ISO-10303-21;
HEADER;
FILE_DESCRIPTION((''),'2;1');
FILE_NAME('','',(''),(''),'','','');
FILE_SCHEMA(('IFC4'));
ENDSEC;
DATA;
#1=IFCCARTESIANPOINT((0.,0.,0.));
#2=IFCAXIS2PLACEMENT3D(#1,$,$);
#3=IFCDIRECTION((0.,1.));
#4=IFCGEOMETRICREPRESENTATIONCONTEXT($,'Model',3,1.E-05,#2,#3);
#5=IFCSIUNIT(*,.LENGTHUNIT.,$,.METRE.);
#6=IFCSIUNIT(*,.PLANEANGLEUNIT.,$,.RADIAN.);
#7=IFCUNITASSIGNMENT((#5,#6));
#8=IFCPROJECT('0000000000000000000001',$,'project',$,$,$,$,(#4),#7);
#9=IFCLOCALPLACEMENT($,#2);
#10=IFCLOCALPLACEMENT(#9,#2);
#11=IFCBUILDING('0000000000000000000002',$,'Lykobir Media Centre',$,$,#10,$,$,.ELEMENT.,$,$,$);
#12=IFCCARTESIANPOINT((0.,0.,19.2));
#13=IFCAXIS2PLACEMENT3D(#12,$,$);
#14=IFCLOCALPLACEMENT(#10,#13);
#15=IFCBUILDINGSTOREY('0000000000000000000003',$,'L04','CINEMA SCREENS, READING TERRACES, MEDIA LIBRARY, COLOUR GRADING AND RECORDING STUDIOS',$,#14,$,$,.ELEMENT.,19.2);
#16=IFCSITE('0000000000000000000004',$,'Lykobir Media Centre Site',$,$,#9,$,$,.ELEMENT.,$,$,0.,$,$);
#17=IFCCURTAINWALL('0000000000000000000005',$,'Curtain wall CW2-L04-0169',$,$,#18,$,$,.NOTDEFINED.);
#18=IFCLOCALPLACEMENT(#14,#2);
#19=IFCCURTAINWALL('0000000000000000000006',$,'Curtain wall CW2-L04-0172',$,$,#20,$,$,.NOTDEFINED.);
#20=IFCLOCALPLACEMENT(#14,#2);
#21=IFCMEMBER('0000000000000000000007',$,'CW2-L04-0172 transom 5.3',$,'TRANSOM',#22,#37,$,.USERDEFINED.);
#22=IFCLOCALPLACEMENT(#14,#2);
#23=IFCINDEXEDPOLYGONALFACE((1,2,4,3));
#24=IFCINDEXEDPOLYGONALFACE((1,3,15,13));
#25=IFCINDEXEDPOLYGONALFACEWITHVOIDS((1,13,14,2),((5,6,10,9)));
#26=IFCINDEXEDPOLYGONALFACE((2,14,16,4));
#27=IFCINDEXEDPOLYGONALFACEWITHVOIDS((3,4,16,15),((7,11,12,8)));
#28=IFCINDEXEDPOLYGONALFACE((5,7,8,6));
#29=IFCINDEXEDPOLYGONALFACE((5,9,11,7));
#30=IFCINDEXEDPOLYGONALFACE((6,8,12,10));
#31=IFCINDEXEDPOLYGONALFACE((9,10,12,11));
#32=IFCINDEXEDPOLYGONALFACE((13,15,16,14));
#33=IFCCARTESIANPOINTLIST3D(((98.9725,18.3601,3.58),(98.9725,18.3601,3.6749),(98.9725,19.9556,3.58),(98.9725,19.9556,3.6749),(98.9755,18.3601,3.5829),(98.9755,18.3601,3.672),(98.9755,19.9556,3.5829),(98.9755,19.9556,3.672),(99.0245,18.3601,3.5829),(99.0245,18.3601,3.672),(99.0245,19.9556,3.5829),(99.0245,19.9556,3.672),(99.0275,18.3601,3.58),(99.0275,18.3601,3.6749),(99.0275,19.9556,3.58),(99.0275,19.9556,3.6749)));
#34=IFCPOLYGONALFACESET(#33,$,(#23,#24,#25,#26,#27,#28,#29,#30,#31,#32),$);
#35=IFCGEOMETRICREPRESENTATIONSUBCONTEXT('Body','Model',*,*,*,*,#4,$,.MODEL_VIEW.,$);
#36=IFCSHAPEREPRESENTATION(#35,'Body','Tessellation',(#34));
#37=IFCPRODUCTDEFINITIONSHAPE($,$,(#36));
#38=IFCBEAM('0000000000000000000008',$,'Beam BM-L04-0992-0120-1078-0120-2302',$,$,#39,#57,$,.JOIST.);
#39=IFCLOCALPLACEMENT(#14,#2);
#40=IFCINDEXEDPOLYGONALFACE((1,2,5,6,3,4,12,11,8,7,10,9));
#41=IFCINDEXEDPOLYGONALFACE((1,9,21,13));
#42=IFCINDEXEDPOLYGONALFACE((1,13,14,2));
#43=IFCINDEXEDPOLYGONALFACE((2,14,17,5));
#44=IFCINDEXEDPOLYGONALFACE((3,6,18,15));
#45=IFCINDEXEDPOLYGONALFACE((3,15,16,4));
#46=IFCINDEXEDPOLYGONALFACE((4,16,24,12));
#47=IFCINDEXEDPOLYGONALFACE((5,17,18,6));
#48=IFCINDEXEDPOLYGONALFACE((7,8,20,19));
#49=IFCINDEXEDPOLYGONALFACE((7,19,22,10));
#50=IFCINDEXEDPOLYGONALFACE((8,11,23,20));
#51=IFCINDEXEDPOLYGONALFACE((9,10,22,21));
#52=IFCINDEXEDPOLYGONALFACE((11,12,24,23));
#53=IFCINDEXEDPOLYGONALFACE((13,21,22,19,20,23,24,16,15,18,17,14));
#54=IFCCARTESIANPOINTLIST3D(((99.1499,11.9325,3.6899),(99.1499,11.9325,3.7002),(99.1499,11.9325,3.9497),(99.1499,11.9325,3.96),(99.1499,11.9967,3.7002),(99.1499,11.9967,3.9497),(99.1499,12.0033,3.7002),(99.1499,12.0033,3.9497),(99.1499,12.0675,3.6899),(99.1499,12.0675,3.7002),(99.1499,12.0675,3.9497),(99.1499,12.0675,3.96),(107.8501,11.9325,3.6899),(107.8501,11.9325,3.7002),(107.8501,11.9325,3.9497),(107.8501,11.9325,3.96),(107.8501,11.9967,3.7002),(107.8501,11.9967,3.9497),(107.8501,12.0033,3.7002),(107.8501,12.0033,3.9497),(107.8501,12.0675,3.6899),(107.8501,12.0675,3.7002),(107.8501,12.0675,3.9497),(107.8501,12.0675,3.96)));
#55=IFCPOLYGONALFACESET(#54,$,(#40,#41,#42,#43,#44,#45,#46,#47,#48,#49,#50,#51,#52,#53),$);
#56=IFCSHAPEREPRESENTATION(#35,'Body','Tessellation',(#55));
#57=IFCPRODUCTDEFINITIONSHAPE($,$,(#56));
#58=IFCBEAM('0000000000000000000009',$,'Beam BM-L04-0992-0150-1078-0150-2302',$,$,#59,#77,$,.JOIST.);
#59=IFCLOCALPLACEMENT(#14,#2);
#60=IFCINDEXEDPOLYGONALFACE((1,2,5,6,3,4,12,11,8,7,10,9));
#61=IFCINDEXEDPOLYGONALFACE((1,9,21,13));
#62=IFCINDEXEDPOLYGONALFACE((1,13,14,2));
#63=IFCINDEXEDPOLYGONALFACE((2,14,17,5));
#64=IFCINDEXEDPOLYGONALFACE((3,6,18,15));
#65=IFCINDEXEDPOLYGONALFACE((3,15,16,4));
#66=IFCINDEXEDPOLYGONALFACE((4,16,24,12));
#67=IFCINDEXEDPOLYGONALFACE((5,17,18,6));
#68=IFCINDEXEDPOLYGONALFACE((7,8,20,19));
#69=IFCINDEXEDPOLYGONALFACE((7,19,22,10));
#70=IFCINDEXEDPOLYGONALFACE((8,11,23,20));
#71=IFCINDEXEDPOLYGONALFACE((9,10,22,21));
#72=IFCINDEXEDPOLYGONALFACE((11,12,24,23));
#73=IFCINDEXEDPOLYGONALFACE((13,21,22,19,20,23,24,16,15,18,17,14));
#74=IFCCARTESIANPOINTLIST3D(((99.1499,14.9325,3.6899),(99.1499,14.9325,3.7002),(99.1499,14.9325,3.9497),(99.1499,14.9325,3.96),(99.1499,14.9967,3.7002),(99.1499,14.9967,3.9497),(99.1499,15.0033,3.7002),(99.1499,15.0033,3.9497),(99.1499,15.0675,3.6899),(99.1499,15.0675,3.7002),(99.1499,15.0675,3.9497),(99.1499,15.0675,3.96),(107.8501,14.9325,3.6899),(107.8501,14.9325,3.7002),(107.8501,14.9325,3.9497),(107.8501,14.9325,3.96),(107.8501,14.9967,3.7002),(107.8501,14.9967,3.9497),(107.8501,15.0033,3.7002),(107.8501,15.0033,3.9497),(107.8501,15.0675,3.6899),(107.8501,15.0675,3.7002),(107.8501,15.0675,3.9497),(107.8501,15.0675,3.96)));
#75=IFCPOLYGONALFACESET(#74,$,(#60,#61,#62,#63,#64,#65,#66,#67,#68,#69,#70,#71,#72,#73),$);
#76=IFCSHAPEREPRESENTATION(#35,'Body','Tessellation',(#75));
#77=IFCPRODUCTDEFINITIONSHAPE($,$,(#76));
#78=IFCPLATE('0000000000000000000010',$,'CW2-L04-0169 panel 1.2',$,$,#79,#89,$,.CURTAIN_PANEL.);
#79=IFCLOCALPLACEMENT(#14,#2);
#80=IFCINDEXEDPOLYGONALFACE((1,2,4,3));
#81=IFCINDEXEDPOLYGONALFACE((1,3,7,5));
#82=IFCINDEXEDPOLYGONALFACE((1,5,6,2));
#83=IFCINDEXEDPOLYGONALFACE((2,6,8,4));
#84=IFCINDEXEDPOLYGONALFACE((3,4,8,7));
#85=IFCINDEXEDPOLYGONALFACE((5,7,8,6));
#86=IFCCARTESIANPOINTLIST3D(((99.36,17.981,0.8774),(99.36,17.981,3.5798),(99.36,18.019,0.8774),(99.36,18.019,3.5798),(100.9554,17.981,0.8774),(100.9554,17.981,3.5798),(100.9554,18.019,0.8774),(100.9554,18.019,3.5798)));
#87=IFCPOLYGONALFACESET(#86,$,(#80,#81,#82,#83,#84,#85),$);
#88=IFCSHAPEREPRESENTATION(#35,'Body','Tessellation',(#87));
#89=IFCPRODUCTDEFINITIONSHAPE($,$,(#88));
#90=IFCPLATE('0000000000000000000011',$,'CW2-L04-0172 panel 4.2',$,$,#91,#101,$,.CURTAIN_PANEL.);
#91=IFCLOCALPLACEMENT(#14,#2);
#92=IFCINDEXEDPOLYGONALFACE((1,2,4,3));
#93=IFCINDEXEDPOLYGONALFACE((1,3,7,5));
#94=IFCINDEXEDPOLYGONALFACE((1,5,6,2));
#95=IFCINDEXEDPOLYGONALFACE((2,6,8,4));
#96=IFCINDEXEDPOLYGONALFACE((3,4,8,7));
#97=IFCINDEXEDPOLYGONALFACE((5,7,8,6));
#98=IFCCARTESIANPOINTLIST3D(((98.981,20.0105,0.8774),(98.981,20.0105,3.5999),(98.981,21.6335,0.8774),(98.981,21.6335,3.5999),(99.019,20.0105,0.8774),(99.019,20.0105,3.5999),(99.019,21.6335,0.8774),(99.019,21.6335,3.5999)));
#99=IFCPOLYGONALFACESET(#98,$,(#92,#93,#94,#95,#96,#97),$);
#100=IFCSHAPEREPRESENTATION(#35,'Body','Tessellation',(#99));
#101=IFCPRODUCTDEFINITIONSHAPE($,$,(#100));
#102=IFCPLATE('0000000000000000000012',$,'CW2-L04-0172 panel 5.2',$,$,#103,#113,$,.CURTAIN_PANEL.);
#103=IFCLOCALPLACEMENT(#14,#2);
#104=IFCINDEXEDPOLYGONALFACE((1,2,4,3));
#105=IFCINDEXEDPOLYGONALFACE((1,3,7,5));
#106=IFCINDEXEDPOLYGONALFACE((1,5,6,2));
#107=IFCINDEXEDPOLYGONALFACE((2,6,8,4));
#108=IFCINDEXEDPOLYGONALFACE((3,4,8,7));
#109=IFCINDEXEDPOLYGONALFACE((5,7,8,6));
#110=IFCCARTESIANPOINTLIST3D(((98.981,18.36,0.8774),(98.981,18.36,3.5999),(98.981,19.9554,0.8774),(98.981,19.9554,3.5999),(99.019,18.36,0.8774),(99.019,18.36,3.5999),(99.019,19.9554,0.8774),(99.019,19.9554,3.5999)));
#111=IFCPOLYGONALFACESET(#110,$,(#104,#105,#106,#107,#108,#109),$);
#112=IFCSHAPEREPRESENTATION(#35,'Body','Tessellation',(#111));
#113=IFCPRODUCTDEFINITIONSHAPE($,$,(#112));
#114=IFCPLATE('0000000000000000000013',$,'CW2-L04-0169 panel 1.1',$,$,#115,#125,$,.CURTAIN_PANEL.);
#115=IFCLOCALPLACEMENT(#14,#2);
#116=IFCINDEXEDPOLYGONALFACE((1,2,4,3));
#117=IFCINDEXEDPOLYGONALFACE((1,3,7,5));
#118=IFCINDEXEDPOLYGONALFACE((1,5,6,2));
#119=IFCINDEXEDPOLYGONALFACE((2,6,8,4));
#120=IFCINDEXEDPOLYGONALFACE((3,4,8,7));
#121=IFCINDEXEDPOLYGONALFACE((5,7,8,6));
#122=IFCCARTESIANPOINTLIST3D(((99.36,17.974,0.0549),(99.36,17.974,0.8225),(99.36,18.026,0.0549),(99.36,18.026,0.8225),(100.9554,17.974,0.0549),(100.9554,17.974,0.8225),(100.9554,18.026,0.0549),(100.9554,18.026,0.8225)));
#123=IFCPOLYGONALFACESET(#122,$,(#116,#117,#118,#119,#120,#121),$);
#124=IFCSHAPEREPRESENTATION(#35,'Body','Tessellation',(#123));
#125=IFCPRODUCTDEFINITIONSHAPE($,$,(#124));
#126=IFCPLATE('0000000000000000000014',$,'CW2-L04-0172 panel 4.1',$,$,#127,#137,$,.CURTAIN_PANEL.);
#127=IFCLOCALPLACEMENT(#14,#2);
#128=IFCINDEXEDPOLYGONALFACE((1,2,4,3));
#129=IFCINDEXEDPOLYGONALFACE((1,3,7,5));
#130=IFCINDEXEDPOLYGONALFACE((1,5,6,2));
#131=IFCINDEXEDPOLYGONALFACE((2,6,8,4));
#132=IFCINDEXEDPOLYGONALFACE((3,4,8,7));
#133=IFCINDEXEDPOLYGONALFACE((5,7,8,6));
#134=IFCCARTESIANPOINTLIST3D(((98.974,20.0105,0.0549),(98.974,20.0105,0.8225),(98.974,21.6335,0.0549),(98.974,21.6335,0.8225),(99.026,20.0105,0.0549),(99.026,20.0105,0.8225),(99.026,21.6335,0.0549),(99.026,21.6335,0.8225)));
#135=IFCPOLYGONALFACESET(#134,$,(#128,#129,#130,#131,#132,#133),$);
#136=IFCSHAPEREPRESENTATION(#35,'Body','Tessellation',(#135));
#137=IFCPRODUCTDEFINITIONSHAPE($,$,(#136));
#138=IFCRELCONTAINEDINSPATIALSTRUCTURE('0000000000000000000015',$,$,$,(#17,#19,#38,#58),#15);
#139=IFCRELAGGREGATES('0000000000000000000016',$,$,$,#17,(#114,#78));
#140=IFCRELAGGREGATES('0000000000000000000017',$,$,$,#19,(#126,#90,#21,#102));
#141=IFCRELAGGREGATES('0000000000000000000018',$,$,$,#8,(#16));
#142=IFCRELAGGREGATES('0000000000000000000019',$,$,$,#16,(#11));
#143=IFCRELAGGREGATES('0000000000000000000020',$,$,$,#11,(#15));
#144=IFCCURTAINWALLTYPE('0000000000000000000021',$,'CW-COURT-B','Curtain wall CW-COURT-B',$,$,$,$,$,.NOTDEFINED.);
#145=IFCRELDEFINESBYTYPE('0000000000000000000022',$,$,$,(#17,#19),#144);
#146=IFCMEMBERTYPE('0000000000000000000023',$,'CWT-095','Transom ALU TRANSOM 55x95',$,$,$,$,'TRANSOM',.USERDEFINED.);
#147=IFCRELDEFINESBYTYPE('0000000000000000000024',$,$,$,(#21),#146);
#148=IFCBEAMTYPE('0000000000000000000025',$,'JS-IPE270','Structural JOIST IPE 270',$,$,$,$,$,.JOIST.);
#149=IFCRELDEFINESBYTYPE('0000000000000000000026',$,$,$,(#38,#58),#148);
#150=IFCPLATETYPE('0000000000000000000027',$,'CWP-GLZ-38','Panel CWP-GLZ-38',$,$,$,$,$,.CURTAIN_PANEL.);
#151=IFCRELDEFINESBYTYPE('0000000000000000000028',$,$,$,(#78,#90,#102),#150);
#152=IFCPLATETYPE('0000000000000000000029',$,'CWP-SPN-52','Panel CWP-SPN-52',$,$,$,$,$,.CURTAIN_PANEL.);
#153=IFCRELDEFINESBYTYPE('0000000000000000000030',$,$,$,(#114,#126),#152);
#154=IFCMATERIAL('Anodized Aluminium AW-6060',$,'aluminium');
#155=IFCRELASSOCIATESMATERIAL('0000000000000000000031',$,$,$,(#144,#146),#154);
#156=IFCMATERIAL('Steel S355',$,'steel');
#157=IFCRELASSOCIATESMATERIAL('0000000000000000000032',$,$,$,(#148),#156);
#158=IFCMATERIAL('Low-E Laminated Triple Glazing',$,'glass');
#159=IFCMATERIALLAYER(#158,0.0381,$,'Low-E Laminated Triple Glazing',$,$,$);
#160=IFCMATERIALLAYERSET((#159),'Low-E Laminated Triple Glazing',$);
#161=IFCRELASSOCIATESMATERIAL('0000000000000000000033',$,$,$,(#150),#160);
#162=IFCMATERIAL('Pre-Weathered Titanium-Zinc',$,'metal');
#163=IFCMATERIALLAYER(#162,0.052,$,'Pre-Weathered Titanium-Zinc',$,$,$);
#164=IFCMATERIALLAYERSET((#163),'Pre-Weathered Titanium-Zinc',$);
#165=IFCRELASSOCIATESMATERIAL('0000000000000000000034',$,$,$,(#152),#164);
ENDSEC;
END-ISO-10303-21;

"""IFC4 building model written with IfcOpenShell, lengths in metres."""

from ifc_helpers import new_model, si_unit, direction, frame, origin, origin_2d, place, context, subcontext, project, spatial, rectangle, hollow_rectangle, i_section, extrude, material, layer, layer_set, material_profile, profile_set, type_object, element, aggregate, save


model = new_model("IFC4")

# Units and contexts
model_context = context("Model", 3, precision=1e-05, world=origin(), true_north=direction((0.0, 1.0)))
body_context = subcontext(model_context, "Body", "Model", "MODEL_VIEW")
ifc_project = project(units=[si_unit("LENGTHUNIT", "METRE"), si_unit("PLANEANGLEUNIT", "RADIAN")], contexts=[model_context])

# Site, building, storey
site_placement = place(None, origin())
site = spatial("IfcSite", under=ifc_project, at=site_placement, Name="Lykobir Media Centre Site", CompositionType="ELEMENT", RefElevation=0.0)
building_placement = place(site_placement, origin())
building = spatial("IfcBuilding", under=site, at=building_placement, Name="Lykobir Media Centre", CompositionType="ELEMENT")
storey_placement = place(building_placement, frame((0.0, 0.0, 19.2)))
storey = spatial("IfcBuildingStorey", under=building, at=storey_placement, Name="L04", Description="CINEMA SCREENS, READING TERRACES, MEDIA LIBRARY, COLOUR GRADING AND RECORDING STUDIOS", CompositionType="ELEMENT", Elevation=19.2)

# Curtain wall
ifc_material_1 = material(Name="Anodized Aluminium AW-6060", Category="aluminium")
curtain_wall_type = type_object("IfcCurtainWallType", Name="CW-COURT-B", Description="Curtain wall CW-COURT-B", PredefinedType="NOTDEFINED", material=ifc_material_1)
curtain_wall_1_placement = place(storey_placement, origin())
curtain_wall_1 = element("IfcCurtainWall", 1, at=curtain_wall_1_placement, inside=storey, type_object=curtain_wall_type, Name="Curtain wall CW2-L04-0169", PredefinedType="NOTDEFINED")

# Curtain wall
curtain_wall_2_placement = place(storey_placement, origin())
curtain_wall_2 = element("IfcCurtainWall", 2, at=curtain_wall_2_placement, inside=storey, type_object=curtain_wall_type, Name="Curtain wall CW2-L04-0172", PredefinedType="NOTDEFINED")

# Member
ifc_material_profile_1 = material_profile(ifc_material_1, hollow_rectangle(XDim=0.0549, YDim=0.095, WallThickness=0.0029, at=origin_2d()), Name="ALU TRANSOM 55x95")
ifc_profile_set_1 = profile_set([ifc_material_profile_1], Name="Anodized Aluminium AW-6060")
member_type_1 = type_object("IfcMemberType", Name="CWT-095", Description="Transom ALU TRANSOM 55x95", ElementType="TRANSOM", PredefinedType="USERDEFINED", material=ifc_profile_set_1)
member_1_placement = place(storey_placement, frame((99.0, 19.9556, 3.6274), z_axis=(0.0, -1.0, 0.0), x_axis=(1.0, 0.0, 0.0)))
member_1 = element("IfcMember", 3, at=member_1_placement, type_object=member_type_1, Name="CW2-L04-0172 transom 5.3", ObjectType="TRANSOM", PredefinedType="USERDEFINED", context=body_context, shape_type="SweptSolid", body=[
    extrude(hollow_rectangle(XDim=0.0549, YDim=0.095, WallThickness=0.0029, at=origin_2d()), origin(), (0.0, 0.0, 1.0), 1.5955),
])

# Beams
ifc_material_2 = material(Name="Steel S355", Category="steel")
ifc_material_profile_2 = material_profile(ifc_material_2, i_section(OverallWidth=0.135, OverallDepth=0.27, WebThickness=0.0066, FlangeThickness=0.0103, at=origin_2d()), Name="IPE 270")
ifc_profile_set_2 = profile_set([ifc_material_profile_2], Name="Steel S355")
beam_type = type_object("IfcBeamType", Name="JS-IPE270", Description="Structural JOIST IPE 270", PredefinedType="JOIST", material=ifc_profile_set_2)
for number, where, z_axis, x_axis, name in (
    (4, (99.1499, 12.0, 3.825), (1.0, 0.0, 0.0), (0.0, 1.0, 0.0), "Beam BM-L04-0992-0120-1078-0120-2302"),
    (5, (99.1499, 15.0, 3.825), (1.0, 0.0, 0.0), (0.0, 1.0, 0.0), "Beam BM-L04-0992-0150-1078-0150-2302"),
):
    element("IfcBeam", number, at=place(storey_placement, frame(where, z_axis=z_axis, x_axis=x_axis)), inside=storey, type_object=beam_type, Name=name, PredefinedType="JOIST", context=body_context, shape_type="SweptSolid", body=[
        extrude(i_section(OverallWidth=0.135, OverallDepth=0.27, WebThickness=0.0066, FlangeThickness=0.0103, at=origin_2d()), origin(), (0.0, 0.0, 1.0), 8.7002),
    ])

# Plates
ifc_material_3 = material(Name="Low-E Laminated Triple Glazing", Category="glass")
ifc_layer_1 = layer(ifc_material_3, 0.0381, Name="Low-E Laminated Triple Glazing")
ifc_layer_set_1 = layer_set([ifc_layer_1], Name="Low-E Laminated Triple Glazing")
plate_type_1 = type_object("IfcPlateType", Name="CWP-GLZ-38", Description="Panel CWP-GLZ-38", PredefinedType="CURTAIN_PANEL", material=ifc_layer_set_1)
plate_1_placement = place(storey_placement, frame((100.1577, 18.0, 0.8774), z_axis=(0.0, 0.0, 1.0), x_axis=(1.0, 0.0, 0.0)))
plate_1 = element("IfcPlate", 6, at=plate_1_placement, type_object=plate_type_1, Name="CW2-L04-0169 panel 1.2", PredefinedType="CURTAIN_PANEL", context=body_context, shape_type="SweptSolid", body=[
    extrude(rectangle(XDim=1.5955, YDim=0.0381, at=origin_2d()), origin(), (0.0, 0.0, 1.0), 2.7024),
])
plate_2_placement = place(storey_placement, frame((99.0, 20.822, 0.8774), z_axis=(0.0, 0.0, 1.0), x_axis=(0.0, -1.0, 0.0)))
plate_2 = element("IfcPlate", 7, at=plate_2_placement, type_object=plate_type_1, Name="CW2-L04-0172 panel 4.2", PredefinedType="CURTAIN_PANEL", context=body_context, shape_type="SweptSolid", body=[
    extrude(rectangle(XDim=1.623, YDim=0.0381, at=origin_2d()), origin(), (0.0, 0.0, 1.0), 2.7224),
])
plate_3_placement = place(storey_placement, frame((99.0, 19.1577, 0.8774), z_axis=(0.0, 0.0, 1.0), x_axis=(0.0, -1.0, 0.0)))
plate_3 = element("IfcPlate", 8, at=plate_3_placement, type_object=plate_type_1, Name="CW2-L04-0172 panel 5.2", PredefinedType="CURTAIN_PANEL", context=body_context, shape_type="SweptSolid", body=[
    extrude(rectangle(XDim=1.5955, YDim=0.0381, at=origin_2d()), origin(), (0.0, 0.0, 1.0), 2.7224),
])
ifc_material_4 = material(Name="Pre-Weathered Titanium-Zinc", Category="metal")
ifc_layer_2 = layer(ifc_material_4, 0.052, Name="Pre-Weathered Titanium-Zinc")
ifc_layer_set_2 = layer_set([ifc_layer_2], Name="Pre-Weathered Titanium-Zinc")
plate_type_2 = type_object("IfcPlateType", Name="CWP-SPN-52", Description="Panel CWP-SPN-52", PredefinedType="CURTAIN_PANEL", material=ifc_layer_set_2)
plate_4_placement = place(storey_placement, frame((100.1577, 18.0, 0.0549), z_axis=(0.0, 0.0, 1.0), x_axis=(1.0, 0.0, 0.0)))
plate_4 = element("IfcPlate", 9, at=plate_4_placement, type_object=plate_type_2, Name="CW2-L04-0169 panel 1.1", PredefinedType="CURTAIN_PANEL", context=body_context, shape_type="SweptSolid", body=[
    extrude(rectangle(XDim=1.5955, YDim=0.052, at=origin_2d()), origin(), (0.0, 0.0, 1.0), 0.7676),
])
aggregate(curtain_wall_1, [plate_4, plate_1])
plate_5_placement = place(storey_placement, frame((99.0, 20.822, 0.0549), z_axis=(0.0, 0.0, 1.0), x_axis=(0.0, -1.0, 0.0)))
plate_5 = element("IfcPlate", 10, at=plate_5_placement, type_object=plate_type_2, Name="CW2-L04-0172 panel 4.1", PredefinedType="CURTAIN_PANEL", context=body_context, shape_type="SweptSolid", body=[
    extrude(rectangle(XDim=1.623, YDim=0.052, at=origin_2d()), origin(), (0.0, 0.0, 1.0), 0.7676),
])
aggregate(curtain_wall_2, [plate_5, plate_2, member_1, plate_3])

save(model, "model.ifc")
